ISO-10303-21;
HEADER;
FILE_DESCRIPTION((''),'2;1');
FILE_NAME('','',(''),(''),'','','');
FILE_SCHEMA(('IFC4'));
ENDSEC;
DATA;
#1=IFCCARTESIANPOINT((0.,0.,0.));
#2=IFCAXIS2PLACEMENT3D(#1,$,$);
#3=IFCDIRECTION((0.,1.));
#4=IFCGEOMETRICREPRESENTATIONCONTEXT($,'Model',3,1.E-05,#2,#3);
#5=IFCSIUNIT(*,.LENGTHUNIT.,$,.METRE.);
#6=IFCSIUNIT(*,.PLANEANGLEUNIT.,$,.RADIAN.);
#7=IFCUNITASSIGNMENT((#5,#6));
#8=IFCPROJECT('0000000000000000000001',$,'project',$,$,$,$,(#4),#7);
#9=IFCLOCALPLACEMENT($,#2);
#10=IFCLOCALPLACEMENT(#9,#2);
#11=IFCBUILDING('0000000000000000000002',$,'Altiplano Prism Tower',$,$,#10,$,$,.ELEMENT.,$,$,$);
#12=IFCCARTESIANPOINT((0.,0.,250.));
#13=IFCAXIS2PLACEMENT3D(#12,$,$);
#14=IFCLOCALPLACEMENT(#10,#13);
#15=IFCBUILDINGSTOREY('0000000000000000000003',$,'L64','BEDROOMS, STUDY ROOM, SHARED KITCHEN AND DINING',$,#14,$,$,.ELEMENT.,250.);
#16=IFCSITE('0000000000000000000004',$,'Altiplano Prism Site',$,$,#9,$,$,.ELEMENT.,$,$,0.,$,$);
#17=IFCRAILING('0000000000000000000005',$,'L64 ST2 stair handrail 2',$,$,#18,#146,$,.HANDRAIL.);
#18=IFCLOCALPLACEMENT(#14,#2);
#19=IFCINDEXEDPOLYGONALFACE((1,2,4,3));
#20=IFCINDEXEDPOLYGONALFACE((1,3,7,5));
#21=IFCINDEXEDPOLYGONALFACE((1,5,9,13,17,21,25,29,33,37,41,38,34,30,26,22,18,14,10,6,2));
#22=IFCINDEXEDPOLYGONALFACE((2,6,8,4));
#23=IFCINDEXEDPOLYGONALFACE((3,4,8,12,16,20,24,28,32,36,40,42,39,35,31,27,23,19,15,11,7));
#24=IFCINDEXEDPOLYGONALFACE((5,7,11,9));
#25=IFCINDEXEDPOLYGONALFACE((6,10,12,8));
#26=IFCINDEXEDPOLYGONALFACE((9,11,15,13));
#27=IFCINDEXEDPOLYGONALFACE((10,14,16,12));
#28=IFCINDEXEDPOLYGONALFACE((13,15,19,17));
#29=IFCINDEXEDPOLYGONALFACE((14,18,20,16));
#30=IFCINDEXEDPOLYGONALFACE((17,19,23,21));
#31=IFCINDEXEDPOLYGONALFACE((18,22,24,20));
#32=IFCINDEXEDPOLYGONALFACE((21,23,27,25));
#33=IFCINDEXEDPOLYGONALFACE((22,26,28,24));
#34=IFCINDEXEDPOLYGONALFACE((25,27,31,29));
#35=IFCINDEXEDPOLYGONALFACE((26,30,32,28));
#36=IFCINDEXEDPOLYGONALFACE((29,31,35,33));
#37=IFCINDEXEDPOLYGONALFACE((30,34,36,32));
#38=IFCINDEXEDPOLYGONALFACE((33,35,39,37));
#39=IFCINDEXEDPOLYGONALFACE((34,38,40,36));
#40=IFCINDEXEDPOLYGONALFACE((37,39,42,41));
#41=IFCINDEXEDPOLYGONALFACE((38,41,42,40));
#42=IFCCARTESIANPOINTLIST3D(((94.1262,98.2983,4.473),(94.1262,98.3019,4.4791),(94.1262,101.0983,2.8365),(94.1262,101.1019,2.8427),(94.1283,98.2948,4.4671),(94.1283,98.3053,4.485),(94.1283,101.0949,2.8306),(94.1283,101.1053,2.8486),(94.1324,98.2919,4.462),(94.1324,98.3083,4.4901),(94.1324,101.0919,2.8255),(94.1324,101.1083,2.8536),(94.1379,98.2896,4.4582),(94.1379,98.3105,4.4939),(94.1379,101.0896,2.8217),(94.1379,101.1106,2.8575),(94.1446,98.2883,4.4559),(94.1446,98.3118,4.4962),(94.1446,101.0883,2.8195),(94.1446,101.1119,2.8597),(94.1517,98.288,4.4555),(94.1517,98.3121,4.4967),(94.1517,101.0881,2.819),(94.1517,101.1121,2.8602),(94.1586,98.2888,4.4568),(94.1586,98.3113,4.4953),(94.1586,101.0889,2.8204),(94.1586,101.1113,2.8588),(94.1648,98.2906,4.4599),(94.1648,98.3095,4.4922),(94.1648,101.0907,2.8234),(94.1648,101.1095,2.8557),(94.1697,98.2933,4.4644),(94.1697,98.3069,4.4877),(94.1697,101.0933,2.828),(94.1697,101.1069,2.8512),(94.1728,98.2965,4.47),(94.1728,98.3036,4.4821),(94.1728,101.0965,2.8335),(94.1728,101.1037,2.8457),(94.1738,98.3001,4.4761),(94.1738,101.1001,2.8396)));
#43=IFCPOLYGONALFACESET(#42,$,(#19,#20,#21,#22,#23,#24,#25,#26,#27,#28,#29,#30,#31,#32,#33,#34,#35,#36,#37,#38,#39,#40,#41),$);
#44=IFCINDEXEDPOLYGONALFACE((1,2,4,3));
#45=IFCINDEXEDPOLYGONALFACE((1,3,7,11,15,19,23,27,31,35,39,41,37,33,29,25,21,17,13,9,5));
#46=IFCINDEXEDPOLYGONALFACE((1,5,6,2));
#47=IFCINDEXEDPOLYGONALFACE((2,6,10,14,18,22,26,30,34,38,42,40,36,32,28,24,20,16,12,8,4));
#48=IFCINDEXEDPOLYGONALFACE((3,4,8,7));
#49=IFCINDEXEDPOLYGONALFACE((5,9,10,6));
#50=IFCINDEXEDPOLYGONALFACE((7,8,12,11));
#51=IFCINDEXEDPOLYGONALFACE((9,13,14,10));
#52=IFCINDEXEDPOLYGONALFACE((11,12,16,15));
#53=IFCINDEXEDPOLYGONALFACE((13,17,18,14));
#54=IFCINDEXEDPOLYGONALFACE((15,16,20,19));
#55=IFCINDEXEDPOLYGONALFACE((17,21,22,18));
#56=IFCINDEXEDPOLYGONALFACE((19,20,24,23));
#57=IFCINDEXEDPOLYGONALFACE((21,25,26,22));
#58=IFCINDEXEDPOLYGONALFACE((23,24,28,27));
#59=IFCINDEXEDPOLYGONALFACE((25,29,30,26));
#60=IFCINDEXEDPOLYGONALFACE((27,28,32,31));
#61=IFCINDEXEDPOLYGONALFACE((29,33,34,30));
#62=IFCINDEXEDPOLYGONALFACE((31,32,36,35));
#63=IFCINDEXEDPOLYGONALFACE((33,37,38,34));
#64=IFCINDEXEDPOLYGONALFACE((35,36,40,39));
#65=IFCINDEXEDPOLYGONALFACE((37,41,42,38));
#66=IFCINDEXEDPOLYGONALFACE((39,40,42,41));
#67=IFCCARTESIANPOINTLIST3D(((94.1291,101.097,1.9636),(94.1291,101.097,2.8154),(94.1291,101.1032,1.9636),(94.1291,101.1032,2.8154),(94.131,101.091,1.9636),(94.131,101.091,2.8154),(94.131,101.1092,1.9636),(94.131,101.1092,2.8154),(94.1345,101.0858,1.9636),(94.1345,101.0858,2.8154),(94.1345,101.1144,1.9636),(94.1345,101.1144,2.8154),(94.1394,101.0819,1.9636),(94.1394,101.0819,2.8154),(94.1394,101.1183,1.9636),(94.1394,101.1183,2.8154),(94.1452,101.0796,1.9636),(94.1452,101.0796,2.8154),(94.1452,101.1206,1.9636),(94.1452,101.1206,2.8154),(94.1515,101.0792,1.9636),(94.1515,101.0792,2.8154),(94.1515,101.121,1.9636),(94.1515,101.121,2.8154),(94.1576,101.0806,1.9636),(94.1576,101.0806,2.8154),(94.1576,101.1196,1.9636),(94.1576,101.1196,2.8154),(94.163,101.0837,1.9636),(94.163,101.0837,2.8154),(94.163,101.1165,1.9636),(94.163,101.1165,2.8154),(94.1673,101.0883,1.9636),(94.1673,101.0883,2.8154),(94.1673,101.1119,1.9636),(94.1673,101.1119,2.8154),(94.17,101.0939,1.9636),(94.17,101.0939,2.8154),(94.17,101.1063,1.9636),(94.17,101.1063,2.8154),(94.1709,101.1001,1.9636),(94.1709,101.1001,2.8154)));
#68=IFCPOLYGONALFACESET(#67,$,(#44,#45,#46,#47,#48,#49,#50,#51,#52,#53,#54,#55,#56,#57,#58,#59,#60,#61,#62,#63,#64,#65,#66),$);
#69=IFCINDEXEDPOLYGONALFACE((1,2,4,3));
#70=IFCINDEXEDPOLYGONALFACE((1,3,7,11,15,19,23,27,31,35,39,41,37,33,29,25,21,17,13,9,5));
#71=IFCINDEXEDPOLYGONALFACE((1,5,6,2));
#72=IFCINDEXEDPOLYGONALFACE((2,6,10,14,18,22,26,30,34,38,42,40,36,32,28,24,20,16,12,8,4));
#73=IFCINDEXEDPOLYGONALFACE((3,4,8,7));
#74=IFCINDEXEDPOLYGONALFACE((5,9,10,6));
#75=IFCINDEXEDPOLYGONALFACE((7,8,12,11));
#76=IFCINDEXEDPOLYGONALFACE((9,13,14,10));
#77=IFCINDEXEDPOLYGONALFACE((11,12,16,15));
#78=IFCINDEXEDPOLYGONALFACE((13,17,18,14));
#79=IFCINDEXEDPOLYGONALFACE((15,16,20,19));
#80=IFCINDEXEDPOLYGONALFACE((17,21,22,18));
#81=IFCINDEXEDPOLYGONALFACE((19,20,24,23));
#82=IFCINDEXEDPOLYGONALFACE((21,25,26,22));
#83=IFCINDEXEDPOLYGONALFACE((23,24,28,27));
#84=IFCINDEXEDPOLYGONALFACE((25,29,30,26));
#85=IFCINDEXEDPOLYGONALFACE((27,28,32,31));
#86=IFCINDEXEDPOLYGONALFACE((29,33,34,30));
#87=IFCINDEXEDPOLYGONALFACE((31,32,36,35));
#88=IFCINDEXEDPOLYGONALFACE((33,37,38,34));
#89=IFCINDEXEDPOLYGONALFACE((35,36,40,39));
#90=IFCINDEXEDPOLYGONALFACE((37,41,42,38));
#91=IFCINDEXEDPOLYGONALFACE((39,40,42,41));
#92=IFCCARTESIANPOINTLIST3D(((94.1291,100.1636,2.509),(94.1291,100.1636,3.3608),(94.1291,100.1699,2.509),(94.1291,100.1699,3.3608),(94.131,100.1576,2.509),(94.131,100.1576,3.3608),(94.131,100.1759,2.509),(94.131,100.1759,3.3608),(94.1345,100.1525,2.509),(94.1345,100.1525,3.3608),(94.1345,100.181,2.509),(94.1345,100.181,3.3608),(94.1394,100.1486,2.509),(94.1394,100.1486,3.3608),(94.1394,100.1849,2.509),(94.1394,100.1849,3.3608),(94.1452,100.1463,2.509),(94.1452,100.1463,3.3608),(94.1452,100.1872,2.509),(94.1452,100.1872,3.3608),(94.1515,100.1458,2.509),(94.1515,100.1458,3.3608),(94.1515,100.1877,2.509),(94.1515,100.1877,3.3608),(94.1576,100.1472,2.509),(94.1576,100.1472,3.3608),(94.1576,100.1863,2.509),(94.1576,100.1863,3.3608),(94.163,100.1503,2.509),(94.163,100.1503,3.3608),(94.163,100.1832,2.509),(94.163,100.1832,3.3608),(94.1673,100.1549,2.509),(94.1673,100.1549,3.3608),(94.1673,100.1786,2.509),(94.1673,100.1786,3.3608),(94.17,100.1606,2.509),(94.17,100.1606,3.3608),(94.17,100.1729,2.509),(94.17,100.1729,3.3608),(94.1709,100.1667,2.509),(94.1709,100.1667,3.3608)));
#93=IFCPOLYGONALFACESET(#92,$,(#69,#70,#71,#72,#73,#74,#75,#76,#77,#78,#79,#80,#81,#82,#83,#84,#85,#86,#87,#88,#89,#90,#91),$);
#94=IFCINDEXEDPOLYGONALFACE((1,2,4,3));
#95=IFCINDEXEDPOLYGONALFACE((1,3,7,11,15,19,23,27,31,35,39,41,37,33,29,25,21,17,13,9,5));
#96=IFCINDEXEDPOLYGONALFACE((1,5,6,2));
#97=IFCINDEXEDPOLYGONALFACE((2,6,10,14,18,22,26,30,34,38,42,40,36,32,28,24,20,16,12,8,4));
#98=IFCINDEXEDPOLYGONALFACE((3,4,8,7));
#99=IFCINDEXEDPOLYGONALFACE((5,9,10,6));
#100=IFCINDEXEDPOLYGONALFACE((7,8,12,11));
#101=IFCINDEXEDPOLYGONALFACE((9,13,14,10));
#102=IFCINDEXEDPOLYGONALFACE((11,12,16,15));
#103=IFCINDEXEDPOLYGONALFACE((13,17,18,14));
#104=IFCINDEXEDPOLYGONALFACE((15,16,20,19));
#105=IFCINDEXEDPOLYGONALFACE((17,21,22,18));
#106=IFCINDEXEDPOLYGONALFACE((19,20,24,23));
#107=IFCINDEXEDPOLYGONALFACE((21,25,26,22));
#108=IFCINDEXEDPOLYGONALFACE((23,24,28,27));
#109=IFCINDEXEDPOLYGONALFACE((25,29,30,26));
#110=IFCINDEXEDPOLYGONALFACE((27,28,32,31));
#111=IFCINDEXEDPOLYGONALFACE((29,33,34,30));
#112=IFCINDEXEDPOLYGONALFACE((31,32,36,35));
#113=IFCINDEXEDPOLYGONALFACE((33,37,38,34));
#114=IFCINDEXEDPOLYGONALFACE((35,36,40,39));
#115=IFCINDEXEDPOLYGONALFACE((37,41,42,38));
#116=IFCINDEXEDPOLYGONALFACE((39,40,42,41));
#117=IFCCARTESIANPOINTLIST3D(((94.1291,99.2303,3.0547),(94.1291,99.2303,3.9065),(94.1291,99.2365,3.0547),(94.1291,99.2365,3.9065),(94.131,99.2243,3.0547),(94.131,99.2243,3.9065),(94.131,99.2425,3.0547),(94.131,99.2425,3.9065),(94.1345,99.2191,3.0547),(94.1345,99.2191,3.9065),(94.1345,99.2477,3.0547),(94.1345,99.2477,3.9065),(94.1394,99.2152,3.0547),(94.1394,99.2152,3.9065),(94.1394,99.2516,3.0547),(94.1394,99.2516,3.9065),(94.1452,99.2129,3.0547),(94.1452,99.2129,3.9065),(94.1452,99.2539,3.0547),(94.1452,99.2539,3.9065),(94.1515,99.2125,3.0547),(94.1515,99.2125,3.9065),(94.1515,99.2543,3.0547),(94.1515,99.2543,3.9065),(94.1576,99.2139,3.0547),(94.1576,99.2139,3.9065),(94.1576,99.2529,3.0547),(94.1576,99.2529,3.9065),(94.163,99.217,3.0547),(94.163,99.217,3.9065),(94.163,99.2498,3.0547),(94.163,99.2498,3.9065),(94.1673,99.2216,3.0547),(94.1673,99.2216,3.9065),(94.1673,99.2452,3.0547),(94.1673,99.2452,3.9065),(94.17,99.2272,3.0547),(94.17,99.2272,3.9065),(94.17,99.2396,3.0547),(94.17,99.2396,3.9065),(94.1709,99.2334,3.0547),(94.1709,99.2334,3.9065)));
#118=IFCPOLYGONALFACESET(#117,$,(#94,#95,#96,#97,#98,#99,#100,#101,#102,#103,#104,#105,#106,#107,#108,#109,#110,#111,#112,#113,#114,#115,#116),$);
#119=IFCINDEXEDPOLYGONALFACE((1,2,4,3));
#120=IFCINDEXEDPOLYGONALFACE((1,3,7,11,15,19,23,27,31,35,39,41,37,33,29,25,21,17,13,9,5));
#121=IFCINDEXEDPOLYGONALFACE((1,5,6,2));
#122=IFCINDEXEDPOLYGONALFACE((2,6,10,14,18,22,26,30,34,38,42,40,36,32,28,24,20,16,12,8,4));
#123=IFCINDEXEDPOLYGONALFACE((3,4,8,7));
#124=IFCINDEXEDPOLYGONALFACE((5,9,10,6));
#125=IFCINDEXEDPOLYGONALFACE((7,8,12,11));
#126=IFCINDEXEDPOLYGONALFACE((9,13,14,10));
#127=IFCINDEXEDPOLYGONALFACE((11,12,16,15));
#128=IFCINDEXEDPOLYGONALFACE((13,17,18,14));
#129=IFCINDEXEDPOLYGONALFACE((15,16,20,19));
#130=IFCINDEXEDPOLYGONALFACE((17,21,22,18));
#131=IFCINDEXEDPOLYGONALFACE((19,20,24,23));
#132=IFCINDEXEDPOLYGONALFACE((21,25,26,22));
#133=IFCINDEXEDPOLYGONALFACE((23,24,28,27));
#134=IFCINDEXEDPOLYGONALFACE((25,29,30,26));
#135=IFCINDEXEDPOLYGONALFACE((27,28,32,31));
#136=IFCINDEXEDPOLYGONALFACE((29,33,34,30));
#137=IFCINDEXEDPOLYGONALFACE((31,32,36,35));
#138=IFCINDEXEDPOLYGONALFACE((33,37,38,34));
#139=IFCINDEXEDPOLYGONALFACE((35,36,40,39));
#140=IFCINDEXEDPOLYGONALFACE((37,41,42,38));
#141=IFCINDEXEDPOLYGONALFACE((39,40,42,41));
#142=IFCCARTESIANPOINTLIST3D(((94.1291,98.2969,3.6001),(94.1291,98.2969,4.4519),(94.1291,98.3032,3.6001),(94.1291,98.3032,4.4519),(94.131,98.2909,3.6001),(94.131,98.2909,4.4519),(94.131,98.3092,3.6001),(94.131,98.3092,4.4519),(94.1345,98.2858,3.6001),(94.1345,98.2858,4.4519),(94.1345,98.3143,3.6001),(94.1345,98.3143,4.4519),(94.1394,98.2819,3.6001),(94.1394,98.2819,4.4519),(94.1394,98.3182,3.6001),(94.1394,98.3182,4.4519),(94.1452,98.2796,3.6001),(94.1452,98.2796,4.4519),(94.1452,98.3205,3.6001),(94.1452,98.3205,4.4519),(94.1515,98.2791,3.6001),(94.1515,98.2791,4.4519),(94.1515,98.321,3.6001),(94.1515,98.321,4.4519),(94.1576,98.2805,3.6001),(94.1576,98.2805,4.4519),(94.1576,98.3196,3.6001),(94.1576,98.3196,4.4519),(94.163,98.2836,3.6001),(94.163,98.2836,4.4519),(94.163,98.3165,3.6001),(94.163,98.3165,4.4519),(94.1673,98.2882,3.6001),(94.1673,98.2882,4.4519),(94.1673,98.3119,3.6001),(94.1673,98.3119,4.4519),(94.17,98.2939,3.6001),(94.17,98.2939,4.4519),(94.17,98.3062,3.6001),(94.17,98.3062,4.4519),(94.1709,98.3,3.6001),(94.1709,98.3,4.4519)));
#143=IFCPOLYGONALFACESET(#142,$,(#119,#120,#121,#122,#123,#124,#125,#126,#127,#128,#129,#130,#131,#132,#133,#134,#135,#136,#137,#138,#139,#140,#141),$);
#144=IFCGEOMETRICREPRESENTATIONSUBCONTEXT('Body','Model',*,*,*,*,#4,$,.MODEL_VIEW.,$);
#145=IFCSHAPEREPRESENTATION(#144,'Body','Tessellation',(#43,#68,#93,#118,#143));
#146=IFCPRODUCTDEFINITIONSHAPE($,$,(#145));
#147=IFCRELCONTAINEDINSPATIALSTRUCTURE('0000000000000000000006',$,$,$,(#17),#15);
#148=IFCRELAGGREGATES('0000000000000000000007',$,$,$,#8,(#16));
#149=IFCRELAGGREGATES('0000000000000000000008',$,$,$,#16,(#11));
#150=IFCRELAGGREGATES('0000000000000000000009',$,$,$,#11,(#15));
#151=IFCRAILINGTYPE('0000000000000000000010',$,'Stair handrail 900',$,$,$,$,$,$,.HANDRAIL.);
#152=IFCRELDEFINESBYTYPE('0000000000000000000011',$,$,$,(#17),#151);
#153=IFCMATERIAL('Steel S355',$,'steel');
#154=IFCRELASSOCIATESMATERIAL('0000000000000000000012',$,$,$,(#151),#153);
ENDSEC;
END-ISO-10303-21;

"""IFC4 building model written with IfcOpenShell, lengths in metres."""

from ifc_helpers import new_model, si_unit, direction, frame, origin, origin_2d, place, context, subcontext, project, spatial, circle, extrude, material, type_object, element, save


model = new_model("IFC4")

# Units and contexts
model_context = context("Model", 3, precision=1e-05, world=origin(), true_north=direction((0.0, 1.0)))
body_context = subcontext(model_context, "Body", "Model", "MODEL_VIEW")
ifc_project = project(units=[si_unit("LENGTHUNIT", "METRE"), si_unit("PLANEANGLEUNIT", "RADIAN")], contexts=[model_context])

# Site, building, storey
site_placement = place(None, origin())
site = spatial("IfcSite", under=ifc_project, at=site_placement, Name="Altiplano Prism Site", CompositionType="ELEMENT", RefElevation=0.0)
building_placement = place(site_placement, origin())
building = spatial("IfcBuilding", under=site, at=building_placement, Name="Altiplano Prism Tower", CompositionType="ELEMENT")
storey_placement = place(building_placement, frame((0.0, 0.0, 250.0)))
storey = spatial("IfcBuildingStorey", under=building, at=storey_placement, Name="L64", Description="BEDROOMS, STUDY ROOM, SHARED KITCHEN AND DINING", CompositionType="ELEMENT", Elevation=250.0)

# Railing
ifc_material_1 = material(Name="Steel S355", Category="steel")
railing_type_1 = type_object("IfcRailingType", Name="Stair handrail 900", PredefinedType="HANDRAIL", material=ifc_material_1)
railing_1_placement = place(storey_placement, frame((94.1499, 101.1001, 1.9636)))
element("IfcRailing", 1, at=railing_1_placement, inside=storey, type_object=railing_type_1, Name="L64 ST2 stair handrail 2", PredefinedType="HANDRAIL", context=body_context, shape_type="SweptSolid", body=[
    extrude(circle(Radius=0.0239, at=origin_2d()), frame((0.0, 0.0, 0.876), z_axis=(0.0, -0.863361, 0.504587), x_axis=(1.0, 0.0, 0.0)), (0.0, 0.0, 1.0), 3.2432),
    extrude(circle(Radius=0.021, at=origin_2d()), origin(), (0.0, 0.0, 1.0), 0.8518),
    extrude(circle(Radius=0.021, at=origin_2d()), frame((0.0, -0.9333, 0.5454)), (0.0, 0.0, 1.0), 0.8518),
    extrude(circle(Radius=0.021, at=origin_2d()), frame((0.0, -1.8667, 1.0911)), (0.0, 0.0, 1.0), 0.8518),
    extrude(circle(Radius=0.021, at=origin_2d()), frame((0.0, -2.8, 1.6365)), (0.0, 0.0, 1.0), 0.8518),
])

save(model, "model.ifc")
